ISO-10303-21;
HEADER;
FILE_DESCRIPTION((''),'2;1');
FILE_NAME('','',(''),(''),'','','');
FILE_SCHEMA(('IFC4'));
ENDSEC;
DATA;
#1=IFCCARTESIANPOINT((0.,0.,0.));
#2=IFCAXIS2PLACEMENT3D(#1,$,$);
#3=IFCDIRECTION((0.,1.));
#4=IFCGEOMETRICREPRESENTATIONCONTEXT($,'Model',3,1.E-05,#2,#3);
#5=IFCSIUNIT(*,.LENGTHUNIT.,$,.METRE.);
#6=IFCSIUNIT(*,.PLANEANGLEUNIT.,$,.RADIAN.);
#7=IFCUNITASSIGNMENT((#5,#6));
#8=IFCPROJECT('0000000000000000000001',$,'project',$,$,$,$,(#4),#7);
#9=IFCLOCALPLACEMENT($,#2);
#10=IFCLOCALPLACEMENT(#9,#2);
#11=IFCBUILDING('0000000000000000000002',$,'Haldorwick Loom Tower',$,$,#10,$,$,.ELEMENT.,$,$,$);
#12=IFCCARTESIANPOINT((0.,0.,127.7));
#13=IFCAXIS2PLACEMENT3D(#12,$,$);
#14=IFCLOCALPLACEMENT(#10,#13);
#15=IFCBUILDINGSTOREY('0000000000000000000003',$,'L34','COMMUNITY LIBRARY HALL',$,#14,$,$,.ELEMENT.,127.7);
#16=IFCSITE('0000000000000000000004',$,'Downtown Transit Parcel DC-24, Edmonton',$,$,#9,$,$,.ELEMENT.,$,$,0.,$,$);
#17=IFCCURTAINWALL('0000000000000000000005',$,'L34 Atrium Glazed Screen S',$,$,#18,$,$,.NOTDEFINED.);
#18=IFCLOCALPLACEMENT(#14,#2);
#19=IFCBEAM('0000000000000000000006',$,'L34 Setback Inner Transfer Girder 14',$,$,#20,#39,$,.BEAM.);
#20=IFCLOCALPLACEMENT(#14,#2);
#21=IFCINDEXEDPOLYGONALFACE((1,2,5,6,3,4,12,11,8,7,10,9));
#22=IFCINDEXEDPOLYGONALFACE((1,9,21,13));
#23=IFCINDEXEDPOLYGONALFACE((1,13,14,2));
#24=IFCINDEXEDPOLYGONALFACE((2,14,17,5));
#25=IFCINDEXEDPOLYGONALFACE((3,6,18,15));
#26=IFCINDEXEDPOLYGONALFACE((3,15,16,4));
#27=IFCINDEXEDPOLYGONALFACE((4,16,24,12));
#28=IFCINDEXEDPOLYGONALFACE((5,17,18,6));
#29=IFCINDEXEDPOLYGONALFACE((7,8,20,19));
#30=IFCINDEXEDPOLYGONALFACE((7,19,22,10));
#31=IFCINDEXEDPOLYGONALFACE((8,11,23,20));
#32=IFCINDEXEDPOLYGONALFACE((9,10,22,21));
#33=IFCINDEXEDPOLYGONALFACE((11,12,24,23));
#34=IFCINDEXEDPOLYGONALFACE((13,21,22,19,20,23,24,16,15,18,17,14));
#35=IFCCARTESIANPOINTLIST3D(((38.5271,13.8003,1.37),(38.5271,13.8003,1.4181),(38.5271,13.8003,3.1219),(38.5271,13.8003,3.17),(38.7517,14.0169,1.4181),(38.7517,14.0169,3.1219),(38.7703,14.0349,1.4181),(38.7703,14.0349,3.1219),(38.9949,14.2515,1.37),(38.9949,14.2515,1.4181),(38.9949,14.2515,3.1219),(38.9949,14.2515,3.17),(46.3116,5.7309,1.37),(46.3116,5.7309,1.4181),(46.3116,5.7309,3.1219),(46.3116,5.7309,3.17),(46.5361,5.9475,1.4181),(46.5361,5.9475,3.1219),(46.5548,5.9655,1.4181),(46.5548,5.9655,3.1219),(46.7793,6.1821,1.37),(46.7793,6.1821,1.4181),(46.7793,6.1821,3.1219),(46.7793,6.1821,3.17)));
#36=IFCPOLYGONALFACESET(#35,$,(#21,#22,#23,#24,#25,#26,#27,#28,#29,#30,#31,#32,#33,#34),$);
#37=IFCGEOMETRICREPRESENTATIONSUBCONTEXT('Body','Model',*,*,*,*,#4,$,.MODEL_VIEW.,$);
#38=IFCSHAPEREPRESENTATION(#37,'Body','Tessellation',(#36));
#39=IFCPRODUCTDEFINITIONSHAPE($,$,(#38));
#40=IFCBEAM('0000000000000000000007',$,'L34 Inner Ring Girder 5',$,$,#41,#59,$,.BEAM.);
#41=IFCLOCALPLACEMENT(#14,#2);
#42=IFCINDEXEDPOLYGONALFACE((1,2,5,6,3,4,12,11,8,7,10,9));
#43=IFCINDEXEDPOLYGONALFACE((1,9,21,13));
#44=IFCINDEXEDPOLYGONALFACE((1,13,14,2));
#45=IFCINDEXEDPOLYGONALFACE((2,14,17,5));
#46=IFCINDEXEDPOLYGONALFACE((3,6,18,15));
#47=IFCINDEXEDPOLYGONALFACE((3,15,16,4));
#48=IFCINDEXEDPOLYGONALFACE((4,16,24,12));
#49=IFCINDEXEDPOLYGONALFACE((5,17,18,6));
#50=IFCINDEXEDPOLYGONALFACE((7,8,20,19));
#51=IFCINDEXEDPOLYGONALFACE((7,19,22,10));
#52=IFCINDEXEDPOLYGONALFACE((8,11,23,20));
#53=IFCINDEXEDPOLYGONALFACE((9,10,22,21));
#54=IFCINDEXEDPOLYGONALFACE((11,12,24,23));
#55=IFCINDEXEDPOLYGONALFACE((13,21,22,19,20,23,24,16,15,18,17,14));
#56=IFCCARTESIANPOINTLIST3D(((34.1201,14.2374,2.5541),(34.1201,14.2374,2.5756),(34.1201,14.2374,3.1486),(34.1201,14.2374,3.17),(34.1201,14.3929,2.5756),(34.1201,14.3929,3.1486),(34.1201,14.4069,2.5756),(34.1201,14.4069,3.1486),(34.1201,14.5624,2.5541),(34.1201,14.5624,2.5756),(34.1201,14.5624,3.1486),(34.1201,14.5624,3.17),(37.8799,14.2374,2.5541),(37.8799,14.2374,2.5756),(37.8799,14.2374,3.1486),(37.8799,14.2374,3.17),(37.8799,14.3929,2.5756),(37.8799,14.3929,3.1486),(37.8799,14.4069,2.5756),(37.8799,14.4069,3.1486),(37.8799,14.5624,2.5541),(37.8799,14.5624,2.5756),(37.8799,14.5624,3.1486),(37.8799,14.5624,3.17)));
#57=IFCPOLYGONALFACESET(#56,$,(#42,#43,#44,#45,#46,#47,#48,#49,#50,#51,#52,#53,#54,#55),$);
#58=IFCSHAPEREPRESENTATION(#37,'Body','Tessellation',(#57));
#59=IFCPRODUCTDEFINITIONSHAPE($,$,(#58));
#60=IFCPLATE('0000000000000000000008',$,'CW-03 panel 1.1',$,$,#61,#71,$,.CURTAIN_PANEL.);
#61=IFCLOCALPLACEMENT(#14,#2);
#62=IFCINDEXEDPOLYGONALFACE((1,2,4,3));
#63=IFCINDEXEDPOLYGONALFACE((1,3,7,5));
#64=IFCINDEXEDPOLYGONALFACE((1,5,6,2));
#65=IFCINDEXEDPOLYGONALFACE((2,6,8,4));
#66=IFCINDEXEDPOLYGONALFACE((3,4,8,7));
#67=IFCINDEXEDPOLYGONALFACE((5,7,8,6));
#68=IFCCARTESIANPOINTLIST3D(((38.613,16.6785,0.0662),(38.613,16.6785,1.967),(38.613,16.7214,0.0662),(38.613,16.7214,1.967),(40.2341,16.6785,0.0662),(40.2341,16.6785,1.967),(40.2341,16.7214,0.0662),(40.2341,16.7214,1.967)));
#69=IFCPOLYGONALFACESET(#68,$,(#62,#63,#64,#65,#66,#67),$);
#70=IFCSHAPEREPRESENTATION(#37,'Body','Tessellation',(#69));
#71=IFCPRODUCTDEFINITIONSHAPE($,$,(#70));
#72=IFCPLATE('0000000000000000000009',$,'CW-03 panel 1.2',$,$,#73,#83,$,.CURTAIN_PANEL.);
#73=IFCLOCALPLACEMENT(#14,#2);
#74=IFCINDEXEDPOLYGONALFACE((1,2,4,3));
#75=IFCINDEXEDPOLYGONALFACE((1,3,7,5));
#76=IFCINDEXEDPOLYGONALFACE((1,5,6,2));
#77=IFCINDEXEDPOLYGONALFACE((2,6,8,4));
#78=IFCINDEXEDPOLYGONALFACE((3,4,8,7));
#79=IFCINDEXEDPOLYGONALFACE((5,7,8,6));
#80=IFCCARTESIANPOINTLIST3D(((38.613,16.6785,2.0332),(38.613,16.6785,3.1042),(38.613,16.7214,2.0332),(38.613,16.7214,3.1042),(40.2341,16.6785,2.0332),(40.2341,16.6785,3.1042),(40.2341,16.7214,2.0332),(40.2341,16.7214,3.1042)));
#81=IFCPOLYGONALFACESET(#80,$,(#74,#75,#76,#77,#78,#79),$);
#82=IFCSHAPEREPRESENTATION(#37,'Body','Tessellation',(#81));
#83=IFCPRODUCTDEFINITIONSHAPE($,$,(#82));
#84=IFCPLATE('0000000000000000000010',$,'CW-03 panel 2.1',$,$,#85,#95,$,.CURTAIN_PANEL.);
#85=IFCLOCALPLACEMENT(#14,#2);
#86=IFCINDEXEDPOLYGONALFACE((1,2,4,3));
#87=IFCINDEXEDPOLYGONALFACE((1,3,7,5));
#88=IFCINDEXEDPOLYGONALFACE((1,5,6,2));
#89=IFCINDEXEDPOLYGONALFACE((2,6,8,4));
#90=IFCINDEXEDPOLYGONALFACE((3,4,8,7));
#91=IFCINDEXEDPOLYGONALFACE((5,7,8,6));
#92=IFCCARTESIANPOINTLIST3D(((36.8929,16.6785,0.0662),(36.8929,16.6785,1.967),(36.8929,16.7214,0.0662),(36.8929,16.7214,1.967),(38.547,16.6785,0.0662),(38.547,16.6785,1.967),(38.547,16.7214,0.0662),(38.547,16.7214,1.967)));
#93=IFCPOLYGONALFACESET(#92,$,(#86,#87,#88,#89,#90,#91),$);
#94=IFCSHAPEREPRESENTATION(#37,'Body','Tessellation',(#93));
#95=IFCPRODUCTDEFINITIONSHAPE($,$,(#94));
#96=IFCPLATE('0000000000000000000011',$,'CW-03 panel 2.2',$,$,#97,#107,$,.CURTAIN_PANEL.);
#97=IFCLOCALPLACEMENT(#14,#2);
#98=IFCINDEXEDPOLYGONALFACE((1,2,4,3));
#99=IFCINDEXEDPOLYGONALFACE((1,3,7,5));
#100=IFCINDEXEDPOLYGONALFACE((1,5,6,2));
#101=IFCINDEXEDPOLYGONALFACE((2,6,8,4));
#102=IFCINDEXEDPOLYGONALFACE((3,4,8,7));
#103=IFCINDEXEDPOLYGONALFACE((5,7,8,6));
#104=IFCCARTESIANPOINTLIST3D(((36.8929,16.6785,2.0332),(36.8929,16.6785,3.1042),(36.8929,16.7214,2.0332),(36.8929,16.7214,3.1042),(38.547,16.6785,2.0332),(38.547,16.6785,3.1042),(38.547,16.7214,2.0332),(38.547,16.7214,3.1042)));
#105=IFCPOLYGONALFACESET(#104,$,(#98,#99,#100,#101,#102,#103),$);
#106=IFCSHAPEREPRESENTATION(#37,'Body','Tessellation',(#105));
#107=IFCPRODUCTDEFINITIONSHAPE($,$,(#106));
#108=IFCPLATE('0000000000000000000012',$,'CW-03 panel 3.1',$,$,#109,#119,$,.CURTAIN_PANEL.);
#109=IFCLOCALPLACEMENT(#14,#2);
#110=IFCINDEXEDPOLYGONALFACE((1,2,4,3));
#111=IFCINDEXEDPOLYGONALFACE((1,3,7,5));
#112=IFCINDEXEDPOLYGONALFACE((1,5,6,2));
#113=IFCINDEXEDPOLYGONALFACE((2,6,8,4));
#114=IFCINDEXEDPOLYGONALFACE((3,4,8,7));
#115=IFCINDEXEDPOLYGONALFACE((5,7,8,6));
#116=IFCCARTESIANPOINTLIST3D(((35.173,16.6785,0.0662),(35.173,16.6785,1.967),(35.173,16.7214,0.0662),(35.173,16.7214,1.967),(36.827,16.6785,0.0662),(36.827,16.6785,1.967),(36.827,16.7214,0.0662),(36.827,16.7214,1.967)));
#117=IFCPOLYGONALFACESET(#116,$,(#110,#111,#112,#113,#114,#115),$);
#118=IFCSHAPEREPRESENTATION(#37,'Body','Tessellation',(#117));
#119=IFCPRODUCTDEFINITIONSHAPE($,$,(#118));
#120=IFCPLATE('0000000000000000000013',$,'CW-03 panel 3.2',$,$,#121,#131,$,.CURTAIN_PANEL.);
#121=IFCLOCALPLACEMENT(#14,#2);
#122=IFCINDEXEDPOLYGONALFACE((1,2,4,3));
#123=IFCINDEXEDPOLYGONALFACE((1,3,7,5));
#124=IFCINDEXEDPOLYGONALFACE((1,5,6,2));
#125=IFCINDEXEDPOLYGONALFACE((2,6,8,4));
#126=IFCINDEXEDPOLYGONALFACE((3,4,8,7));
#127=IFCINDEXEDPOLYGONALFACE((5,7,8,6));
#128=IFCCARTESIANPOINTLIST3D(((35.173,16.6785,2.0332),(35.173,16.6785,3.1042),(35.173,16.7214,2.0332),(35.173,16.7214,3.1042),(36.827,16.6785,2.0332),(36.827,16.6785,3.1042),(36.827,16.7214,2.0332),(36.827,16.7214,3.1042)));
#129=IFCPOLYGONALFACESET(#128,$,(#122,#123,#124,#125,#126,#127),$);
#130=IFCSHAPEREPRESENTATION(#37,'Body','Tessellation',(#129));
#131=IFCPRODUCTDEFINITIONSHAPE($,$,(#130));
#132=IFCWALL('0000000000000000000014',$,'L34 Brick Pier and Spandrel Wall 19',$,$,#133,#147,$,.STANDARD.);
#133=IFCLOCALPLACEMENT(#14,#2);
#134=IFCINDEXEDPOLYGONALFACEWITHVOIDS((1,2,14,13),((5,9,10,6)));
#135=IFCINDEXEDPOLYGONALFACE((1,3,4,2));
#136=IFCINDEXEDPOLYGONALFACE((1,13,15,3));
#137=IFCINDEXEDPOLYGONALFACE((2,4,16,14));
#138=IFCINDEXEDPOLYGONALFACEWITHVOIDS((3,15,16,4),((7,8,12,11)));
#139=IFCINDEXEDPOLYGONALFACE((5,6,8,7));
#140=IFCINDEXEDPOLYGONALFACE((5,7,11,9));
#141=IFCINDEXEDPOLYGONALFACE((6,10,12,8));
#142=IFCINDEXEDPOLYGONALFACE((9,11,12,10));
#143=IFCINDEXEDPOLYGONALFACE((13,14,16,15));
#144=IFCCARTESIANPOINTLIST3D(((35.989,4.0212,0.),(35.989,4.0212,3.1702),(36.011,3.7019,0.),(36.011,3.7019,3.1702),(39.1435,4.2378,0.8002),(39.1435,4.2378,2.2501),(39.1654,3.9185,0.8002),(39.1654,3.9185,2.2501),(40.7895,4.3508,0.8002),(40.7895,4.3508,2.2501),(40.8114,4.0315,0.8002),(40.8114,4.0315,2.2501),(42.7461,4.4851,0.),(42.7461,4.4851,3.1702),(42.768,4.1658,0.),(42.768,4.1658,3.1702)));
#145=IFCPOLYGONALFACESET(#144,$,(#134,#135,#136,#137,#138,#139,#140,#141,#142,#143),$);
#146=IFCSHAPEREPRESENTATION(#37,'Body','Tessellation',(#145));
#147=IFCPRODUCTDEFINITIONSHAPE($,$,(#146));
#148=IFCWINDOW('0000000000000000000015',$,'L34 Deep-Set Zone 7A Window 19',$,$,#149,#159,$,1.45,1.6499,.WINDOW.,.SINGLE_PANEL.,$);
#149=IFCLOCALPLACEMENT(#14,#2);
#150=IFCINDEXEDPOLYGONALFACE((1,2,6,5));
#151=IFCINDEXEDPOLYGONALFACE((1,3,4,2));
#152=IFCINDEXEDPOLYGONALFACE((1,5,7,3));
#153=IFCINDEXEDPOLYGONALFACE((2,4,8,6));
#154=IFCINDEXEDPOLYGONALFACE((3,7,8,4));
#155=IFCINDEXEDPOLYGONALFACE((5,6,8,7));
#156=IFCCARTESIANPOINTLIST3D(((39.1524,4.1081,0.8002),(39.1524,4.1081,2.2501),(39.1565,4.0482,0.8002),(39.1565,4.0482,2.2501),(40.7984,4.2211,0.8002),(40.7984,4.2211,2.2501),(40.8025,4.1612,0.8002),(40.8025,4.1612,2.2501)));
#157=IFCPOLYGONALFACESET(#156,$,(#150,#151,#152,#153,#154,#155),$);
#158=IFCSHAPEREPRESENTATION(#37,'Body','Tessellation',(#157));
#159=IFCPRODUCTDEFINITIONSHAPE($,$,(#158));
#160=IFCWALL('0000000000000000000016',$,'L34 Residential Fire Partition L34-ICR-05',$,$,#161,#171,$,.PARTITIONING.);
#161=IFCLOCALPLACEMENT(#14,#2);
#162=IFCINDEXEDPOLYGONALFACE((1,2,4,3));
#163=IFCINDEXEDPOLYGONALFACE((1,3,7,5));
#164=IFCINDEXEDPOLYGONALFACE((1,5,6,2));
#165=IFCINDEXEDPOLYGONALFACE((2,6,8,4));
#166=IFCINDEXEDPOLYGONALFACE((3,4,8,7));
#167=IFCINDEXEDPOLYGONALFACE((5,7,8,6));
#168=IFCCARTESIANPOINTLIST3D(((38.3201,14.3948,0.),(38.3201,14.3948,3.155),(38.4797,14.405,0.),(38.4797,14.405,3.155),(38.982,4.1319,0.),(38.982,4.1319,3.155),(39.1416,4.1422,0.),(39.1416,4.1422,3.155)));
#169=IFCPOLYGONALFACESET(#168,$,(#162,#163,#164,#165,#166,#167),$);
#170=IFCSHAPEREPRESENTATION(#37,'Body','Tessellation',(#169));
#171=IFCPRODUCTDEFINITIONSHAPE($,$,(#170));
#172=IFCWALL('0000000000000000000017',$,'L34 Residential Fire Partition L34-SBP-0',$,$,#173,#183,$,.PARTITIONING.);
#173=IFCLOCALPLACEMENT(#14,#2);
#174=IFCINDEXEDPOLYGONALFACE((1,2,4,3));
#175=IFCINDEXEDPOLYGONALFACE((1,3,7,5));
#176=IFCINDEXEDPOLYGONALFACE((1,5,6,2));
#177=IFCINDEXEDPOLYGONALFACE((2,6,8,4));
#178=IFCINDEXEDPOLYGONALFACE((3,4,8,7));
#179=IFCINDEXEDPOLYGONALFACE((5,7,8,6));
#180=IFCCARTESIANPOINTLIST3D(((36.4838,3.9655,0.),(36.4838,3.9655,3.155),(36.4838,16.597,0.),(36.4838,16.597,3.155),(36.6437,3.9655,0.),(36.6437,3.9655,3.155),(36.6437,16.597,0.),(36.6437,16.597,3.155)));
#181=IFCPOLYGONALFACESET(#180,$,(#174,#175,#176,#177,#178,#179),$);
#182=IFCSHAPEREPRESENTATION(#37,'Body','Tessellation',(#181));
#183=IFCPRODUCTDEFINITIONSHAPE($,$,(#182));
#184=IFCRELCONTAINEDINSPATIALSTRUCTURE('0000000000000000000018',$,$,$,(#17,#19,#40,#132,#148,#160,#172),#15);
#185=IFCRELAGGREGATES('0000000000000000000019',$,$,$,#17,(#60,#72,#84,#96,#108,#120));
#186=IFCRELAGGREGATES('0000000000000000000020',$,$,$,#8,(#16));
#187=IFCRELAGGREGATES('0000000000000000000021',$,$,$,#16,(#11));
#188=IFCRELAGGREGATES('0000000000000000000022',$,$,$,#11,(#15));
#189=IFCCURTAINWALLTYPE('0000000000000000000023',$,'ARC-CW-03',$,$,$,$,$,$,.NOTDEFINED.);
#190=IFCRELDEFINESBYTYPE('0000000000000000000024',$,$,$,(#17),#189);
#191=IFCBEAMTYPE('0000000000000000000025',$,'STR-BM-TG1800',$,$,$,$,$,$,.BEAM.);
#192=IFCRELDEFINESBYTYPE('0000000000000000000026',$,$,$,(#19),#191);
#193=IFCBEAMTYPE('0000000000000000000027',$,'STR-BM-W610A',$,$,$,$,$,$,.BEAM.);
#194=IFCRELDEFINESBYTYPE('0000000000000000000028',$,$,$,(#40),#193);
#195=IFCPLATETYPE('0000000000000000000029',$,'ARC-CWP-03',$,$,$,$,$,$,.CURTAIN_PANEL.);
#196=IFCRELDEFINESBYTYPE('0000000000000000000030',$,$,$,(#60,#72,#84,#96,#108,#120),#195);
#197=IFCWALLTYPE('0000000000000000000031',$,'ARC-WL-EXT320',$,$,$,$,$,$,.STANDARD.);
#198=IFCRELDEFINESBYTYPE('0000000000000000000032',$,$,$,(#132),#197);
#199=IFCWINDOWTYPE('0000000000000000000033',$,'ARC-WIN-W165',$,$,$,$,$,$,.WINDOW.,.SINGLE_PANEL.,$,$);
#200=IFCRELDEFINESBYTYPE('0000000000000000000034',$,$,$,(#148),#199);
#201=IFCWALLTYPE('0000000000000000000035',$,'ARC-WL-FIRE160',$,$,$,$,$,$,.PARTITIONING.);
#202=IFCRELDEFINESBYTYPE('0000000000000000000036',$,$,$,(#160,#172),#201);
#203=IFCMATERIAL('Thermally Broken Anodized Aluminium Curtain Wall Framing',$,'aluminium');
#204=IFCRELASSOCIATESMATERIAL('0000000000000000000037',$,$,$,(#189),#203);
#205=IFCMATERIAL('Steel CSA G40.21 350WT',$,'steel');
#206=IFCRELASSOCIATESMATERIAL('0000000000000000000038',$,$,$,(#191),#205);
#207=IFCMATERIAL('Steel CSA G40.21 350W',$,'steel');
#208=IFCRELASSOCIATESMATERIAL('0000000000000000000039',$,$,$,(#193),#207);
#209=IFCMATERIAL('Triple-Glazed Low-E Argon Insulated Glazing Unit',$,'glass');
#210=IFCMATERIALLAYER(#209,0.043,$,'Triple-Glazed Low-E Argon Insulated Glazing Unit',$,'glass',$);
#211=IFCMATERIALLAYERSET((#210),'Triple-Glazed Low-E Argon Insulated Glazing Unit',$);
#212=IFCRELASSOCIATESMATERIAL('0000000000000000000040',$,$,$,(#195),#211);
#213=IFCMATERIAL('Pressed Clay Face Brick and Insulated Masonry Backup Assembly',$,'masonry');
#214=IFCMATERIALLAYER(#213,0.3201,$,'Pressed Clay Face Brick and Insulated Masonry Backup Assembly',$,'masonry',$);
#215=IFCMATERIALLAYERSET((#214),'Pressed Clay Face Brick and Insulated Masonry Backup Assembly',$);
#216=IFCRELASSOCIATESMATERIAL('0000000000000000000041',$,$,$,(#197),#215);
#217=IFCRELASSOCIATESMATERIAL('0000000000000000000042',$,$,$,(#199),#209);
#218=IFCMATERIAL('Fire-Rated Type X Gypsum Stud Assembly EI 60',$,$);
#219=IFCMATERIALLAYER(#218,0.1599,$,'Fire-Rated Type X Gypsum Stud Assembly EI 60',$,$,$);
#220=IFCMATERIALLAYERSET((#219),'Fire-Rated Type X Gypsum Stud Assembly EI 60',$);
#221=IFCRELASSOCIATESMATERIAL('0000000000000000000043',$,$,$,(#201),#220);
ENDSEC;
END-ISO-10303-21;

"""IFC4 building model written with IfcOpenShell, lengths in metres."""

from ifc_helpers import new_model, si_unit, direction, frame, frame_2d, origin, origin_2d, place, context, subcontext, project, spatial, rectangle, i_section, extrude, material, layer, layer_set, material_profile, profile_set, type_object, element, fill, aggregate, save


model = new_model("IFC4")

# Units and contexts
model_context = context("Model", 3, precision=1e-05, world=origin(), true_north=direction((0.0, 1.0)))
body_context = subcontext(model_context, "Body", "Model", "MODEL_VIEW")
ifc_project = project(units=[si_unit("LENGTHUNIT", "METRE"), si_unit("PLANEANGLEUNIT", "RADIAN")], contexts=[model_context])

# Site, building, storey
site_placement = place(None, origin())
site = spatial("IfcSite", under=ifc_project, at=site_placement, Name="Downtown Transit Parcel DC-24, Edmonton", CompositionType="ELEMENT", RefElevation=0.0)
building_placement = place(site_placement, origin())
building = spatial("IfcBuilding", under=site, at=building_placement, Name="Haldorwick Loom Tower", CompositionType="ELEMENT")
storey_placement = place(building_placement, frame((0.0, 0.0, 127.7)))
storey = spatial("IfcBuildingStorey", under=building, at=storey_placement, Name="L34", Description="COMMUNITY LIBRARY HALL", CompositionType="ELEMENT", Elevation=127.7)

# Curtain wall
ifc_material_1 = material(Name="Thermally Broken Anodized Aluminium Curtain Wall Framing", Category="aluminium")
curtain_wall_type = type_object("IfcCurtainWallType", Name="ARC-CW-03", PredefinedType="NOTDEFINED", material=ifc_material_1)
curtain_wall_placement = place(storey_placement, origin())
curtain_wall = element("IfcCurtainWall", 1, at=curtain_wall_placement, inside=storey, type_object=curtain_wall_type, Name="L34 Atrium Glazed Screen S", PredefinedType="NOTDEFINED")

# Beams
ifc_material_2 = material(Name="Steel CSA G40.21 350W", Category="steel")
ifc_material_3 = material(Name="Steel CSA G40.21 350WT", Category="steel")
ifc_material_profile_1 = material_profile(ifc_material_3, i_section(OverallWidth=0.6499, OverallDepth=1.8, WebThickness=0.0259, FlangeThickness=0.0481, at=origin_2d()), Name="WWF1800X650", Category="steel")
ifc_profile_set_1 = profile_set([ifc_material_profile_1], Name="Steel CSA G40.21 350WT")
beam_type_1 = type_object("IfcBeamType", Name="STR-BM-TG1800", PredefinedType="BEAM", material=ifc_profile_set_1)
beam_1_placement = place(storey_placement, frame((38.761, 14.0259, 2.27), z_axis=(0.694287, -0.719698, 0.0), x_axis=(0.719698, 0.694287, 0.0)))
element("IfcBeam", 2, at=beam_1_placement, inside=storey, type_object=beam_type_1, Name="L34 Setback Inner Transfer Girder 14", PredefinedType="BEAM", context=body_context, shape_type="SweptSolid", body=[
    extrude(i_section(OverallWidth=0.6499, OverallDepth=1.8, WebThickness=0.0259, FlangeThickness=0.0481, at=origin_2d()), origin(), (0.0, 0.0, 1.0), 11.2122),
])
ifc_material_profile_2 = material_profile(ifc_material_2, i_section(OverallWidth=0.325, OverallDepth=0.616, WebThickness=0.0139, FlangeThickness=0.0215, at=origin_2d()), Name="W610X174", Category="steel")
ifc_profile_set_2 = profile_set([ifc_material_profile_2], Name="Steel CSA G40.21 350W")
beam_type_2 = type_object("IfcBeamType", Name="STR-BM-W610A", PredefinedType="BEAM", material=ifc_profile_set_2)
beam_2_placement = place(storey_placement, frame((37.8799, 14.3999, 2.8621), z_axis=(-1.0, 0.0, 0.0), x_axis=(0.0, -1.0, 0.0)))
element("IfcBeam", 3, at=beam_2_placement, inside=storey, type_object=beam_type_2, Name="L34 Inner Ring Girder 5", PredefinedType="BEAM", context=body_context, shape_type="SweptSolid", body=[
    extrude(i_section(OverallWidth=0.325, OverallDepth=0.616, WebThickness=0.0139, FlangeThickness=0.0215, at=origin_2d()), origin(), (0.0, 0.0, 1.0), 3.7598),
])

# Plates
ifc_material_4 = material(Name="Triple-Glazed Low-E Argon Insulated Glazing Unit", Category="glass")
ifc_layer_1 = layer(ifc_material_4, 0.043, Name="Triple-Glazed Low-E Argon Insulated Glazing Unit", Category="glass")
ifc_layer_set_1 = layer_set([ifc_layer_1], Name="Triple-Glazed Low-E Argon Insulated Glazing Unit")
plate_type = type_object("IfcPlateType", Name="ARC-CWP-03", PredefinedType="CURTAIN_PANEL", material=ifc_layer_set_1)
plate_1_placement = place(storey_placement, frame((39.4236, 16.7, 0.0662), z_axis=(0.0, 0.0, 1.0), x_axis=(-1.0, 0.0, 0.0)))
plate_1 = element("IfcPlate", 4, at=plate_1_placement, type_object=plate_type, Name="CW-03 panel 1.1", PredefinedType="CURTAIN_PANEL", context=body_context, shape_type="SweptSolid", body=[
    extrude(rectangle(XDim=1.6211, YDim=0.043, at=origin_2d()), origin(), (0.0, 0.0, 1.0), 1.9009),
])
plate_2_placement = place(storey_placement, frame((39.4236, 16.7, 2.0332), z_axis=(0.0, 0.0, 1.0), x_axis=(-1.0, 0.0, 0.0)))
plate_2 = element("IfcPlate", 5, at=plate_2_placement, type_object=plate_type, Name="CW-03 panel 1.2", PredefinedType="CURTAIN_PANEL", context=body_context, shape_type="SweptSolid", body=[
    extrude(rectangle(XDim=1.6211, YDim=0.043, at=origin_2d()), origin(), (0.0, 0.0, 1.0), 1.071),
])
plate_3_placement = place(storey_placement, frame((37.72, 16.7, 0.0662), z_axis=(0.0, 0.0, 1.0), x_axis=(-1.0, 0.0, 0.0)))
plate_3 = element("IfcPlate", 6, at=plate_3_placement, type_object=plate_type, Name="CW-03 panel 2.1", PredefinedType="CURTAIN_PANEL", context=body_context, shape_type="SweptSolid", body=[
    extrude(rectangle(XDim=1.6541, YDim=0.043, at=origin_2d()), origin(), (0.0, 0.0, 1.0), 1.9009),
])
plate_4_placement = place(storey_placement, frame((37.72, 16.7, 2.0332), z_axis=(0.0, 0.0, 1.0), x_axis=(-1.0, 0.0, 0.0)))
plate_4 = element("IfcPlate", 7, at=plate_4_placement, type_object=plate_type, Name="CW-03 panel 2.2", PredefinedType="CURTAIN_PANEL", context=body_context, shape_type="SweptSolid", body=[
    extrude(rectangle(XDim=1.6541, YDim=0.043, at=origin_2d()), origin(), (0.0, 0.0, 1.0), 1.071),
])
plate_5_placement = place(storey_placement, frame((36.0, 16.7, 0.0662), z_axis=(0.0, 0.0, 1.0), x_axis=(-1.0, 0.0, 0.0)))
plate_5 = element("IfcPlate", 8, at=plate_5_placement, type_object=plate_type, Name="CW-03 panel 3.1", PredefinedType="CURTAIN_PANEL", context=body_context, shape_type="SweptSolid", body=[
    extrude(rectangle(XDim=1.6541, YDim=0.043, at=origin_2d()), origin(), (0.0, 0.0, 1.0), 1.9009),
])
plate_6_placement = place(storey_placement, frame((36.0, 16.7, 2.0332), z_axis=(0.0, 0.0, 1.0), x_axis=(-1.0, 0.0, 0.0)))
plate_6 = element("IfcPlate", 9, at=plate_6_placement, type_object=plate_type, Name="CW-03 panel 3.2", PredefinedType="CURTAIN_PANEL", context=body_context, shape_type="SweptSolid", body=[
    extrude(rectangle(XDim=1.6541, YDim=0.043, at=origin_2d()), origin(), (0.0, 0.0, 1.0), 1.071),
])
aggregate(curtain_wall, [plate_1, plate_2, plate_3, plate_4, plate_5, plate_6])

# Wall, opening, window
ifc_material_5 = material(Name="Pressed Clay Face Brick and Insulated Masonry Backup Assembly", Category="masonry")
ifc_layer_2 = layer(ifc_material_5, 0.3201, Name="Pressed Clay Face Brick and Insulated Masonry Backup Assembly", Category="masonry")
ifc_layer_set_2 = layer_set([ifc_layer_2], Name="Pressed Clay Face Brick and Insulated Masonry Backup Assembly")
wall_type_1 = type_object("IfcWallType", Name="ARC-WL-EXT320", PredefinedType="STANDARD", material=ifc_layer_set_2)
wall_1_placement = place(storey_placement, frame((36.0, 3.8616, 0.0), z_axis=(0.0, 0.0, 1.0), x_axis=(0.997652, 0.068488, 0.0)))
wall_1 = element("IfcWall", 10, at=wall_1_placement, inside=storey, type_object=wall_type_1, Name="L34 Brick Pier and Spandrel Wall 19", PredefinedType="STANDARD", context=body_context, shape_type="SweptSolid", body=[
    extrude(rectangle(XDim=6.7729, YDim=0.3201, at=frame_2d((3.3865, 0.0))), origin(), (0.0, 0.0, 1.0), 3.1702),
])
opening_placement = place(wall_1_placement, frame((3.1619, 0.0, 0.8)))
opening = element("IfcOpeningElement", 11, at=opening_placement, cuts=wall_1, PredefinedType="OPENING", context=body_context, shape_type="SweptSolid", body=[
    extrude(rectangle(XDim=1.6499, YDim=1.45, at=frame_2d((0.825, 0.7251))), frame((0.0, 0.1699, 0.0), z_axis=(0.0, -1.0, 0.0), x_axis=(1.0, 0.0, 0.0)), (0.0, 0.0, 1.0), 0.3401),
])
window_type = type_object("IfcWindowType", Name="ARC-WIN-W165", PartitioningType="SINGLE_PANEL", PredefinedType="WINDOW", material=ifc_material_4)
window_placement = place(opening_placement, origin())
window = element("IfcWindow", 12, at=window_placement, inside=storey, type_object=window_type, Name="L34 Deep-Set Zone 7A Window 19", OverallHeight=1.45, OverallWidth=1.6499, PartitioningType="SINGLE_PANEL", PredefinedType="WINDOW", context=body_context, shape_type="SweptSolid", body=[
    extrude(rectangle(XDim=1.6499, YDim=1.45, at=frame_2d((0.825, 0.7251))), frame((0.0, 0.03, 0.0), z_axis=(0.0, -1.0, 0.0), x_axis=(1.0, 0.0, 0.0)), (0.0, 0.0, 1.0), 0.0601),
])
fill(opening, window)

# Walls
ifc_material_6 = material(Name="Fire-Rated Type X Gypsum Stud Assembly EI 60")
ifc_layer_3 = layer(ifc_material_6, 0.1599, Name="Fire-Rated Type X Gypsum Stud Assembly EI 60")
ifc_layer_set_3 = layer_set([ifc_layer_3], Name="Fire-Rated Type X Gypsum Stud Assembly EI 60")
wall_type_2 = type_object("IfcWallType", Name="ARC-WL-FIRE160", PredefinedType="PARTITIONING", material=ifc_layer_set_3)
wall_2_placement = place(storey_placement, frame((38.3999, 14.3999, 0.0), z_axis=(0.0, 0.0, 1.0), x_axis=(0.064357, -0.997927, 0.0)))
element("IfcWall", 13, at=wall_2_placement, inside=storey, type_object=wall_type_2, Name="L34 Residential Fire Partition L34-ICR-05", PredefinedType="PARTITIONING", context=body_context, shape_type="SweptSolid", body=[
    extrude(rectangle(XDim=10.2842, YDim=0.1599, at=frame_2d((5.1421, 0.0))), origin(), (0.0, 0.0, 1.0), 3.155),
])
wall_3_placement = place(storey_placement, frame((36.5637, 3.9653, 0.0), z_axis=(0.0, 0.0, 1.0), x_axis=(0.0, 1.0, 0.0)))
element("IfcWall", 14, at=wall_3_placement, inside=storey, type_object=wall_type_2, Name="L34 Residential Fire Partition L34-SBP-0", PredefinedType="PARTITIONING", context=body_context, shape_type="SweptSolid", body=[
    extrude(rectangle(XDim=12.6316, YDim=0.1599, at=frame_2d((6.3159, 0.0))), origin(), (0.0, 0.0, 1.0), 3.155),
])

save(model, "model.ifc")
